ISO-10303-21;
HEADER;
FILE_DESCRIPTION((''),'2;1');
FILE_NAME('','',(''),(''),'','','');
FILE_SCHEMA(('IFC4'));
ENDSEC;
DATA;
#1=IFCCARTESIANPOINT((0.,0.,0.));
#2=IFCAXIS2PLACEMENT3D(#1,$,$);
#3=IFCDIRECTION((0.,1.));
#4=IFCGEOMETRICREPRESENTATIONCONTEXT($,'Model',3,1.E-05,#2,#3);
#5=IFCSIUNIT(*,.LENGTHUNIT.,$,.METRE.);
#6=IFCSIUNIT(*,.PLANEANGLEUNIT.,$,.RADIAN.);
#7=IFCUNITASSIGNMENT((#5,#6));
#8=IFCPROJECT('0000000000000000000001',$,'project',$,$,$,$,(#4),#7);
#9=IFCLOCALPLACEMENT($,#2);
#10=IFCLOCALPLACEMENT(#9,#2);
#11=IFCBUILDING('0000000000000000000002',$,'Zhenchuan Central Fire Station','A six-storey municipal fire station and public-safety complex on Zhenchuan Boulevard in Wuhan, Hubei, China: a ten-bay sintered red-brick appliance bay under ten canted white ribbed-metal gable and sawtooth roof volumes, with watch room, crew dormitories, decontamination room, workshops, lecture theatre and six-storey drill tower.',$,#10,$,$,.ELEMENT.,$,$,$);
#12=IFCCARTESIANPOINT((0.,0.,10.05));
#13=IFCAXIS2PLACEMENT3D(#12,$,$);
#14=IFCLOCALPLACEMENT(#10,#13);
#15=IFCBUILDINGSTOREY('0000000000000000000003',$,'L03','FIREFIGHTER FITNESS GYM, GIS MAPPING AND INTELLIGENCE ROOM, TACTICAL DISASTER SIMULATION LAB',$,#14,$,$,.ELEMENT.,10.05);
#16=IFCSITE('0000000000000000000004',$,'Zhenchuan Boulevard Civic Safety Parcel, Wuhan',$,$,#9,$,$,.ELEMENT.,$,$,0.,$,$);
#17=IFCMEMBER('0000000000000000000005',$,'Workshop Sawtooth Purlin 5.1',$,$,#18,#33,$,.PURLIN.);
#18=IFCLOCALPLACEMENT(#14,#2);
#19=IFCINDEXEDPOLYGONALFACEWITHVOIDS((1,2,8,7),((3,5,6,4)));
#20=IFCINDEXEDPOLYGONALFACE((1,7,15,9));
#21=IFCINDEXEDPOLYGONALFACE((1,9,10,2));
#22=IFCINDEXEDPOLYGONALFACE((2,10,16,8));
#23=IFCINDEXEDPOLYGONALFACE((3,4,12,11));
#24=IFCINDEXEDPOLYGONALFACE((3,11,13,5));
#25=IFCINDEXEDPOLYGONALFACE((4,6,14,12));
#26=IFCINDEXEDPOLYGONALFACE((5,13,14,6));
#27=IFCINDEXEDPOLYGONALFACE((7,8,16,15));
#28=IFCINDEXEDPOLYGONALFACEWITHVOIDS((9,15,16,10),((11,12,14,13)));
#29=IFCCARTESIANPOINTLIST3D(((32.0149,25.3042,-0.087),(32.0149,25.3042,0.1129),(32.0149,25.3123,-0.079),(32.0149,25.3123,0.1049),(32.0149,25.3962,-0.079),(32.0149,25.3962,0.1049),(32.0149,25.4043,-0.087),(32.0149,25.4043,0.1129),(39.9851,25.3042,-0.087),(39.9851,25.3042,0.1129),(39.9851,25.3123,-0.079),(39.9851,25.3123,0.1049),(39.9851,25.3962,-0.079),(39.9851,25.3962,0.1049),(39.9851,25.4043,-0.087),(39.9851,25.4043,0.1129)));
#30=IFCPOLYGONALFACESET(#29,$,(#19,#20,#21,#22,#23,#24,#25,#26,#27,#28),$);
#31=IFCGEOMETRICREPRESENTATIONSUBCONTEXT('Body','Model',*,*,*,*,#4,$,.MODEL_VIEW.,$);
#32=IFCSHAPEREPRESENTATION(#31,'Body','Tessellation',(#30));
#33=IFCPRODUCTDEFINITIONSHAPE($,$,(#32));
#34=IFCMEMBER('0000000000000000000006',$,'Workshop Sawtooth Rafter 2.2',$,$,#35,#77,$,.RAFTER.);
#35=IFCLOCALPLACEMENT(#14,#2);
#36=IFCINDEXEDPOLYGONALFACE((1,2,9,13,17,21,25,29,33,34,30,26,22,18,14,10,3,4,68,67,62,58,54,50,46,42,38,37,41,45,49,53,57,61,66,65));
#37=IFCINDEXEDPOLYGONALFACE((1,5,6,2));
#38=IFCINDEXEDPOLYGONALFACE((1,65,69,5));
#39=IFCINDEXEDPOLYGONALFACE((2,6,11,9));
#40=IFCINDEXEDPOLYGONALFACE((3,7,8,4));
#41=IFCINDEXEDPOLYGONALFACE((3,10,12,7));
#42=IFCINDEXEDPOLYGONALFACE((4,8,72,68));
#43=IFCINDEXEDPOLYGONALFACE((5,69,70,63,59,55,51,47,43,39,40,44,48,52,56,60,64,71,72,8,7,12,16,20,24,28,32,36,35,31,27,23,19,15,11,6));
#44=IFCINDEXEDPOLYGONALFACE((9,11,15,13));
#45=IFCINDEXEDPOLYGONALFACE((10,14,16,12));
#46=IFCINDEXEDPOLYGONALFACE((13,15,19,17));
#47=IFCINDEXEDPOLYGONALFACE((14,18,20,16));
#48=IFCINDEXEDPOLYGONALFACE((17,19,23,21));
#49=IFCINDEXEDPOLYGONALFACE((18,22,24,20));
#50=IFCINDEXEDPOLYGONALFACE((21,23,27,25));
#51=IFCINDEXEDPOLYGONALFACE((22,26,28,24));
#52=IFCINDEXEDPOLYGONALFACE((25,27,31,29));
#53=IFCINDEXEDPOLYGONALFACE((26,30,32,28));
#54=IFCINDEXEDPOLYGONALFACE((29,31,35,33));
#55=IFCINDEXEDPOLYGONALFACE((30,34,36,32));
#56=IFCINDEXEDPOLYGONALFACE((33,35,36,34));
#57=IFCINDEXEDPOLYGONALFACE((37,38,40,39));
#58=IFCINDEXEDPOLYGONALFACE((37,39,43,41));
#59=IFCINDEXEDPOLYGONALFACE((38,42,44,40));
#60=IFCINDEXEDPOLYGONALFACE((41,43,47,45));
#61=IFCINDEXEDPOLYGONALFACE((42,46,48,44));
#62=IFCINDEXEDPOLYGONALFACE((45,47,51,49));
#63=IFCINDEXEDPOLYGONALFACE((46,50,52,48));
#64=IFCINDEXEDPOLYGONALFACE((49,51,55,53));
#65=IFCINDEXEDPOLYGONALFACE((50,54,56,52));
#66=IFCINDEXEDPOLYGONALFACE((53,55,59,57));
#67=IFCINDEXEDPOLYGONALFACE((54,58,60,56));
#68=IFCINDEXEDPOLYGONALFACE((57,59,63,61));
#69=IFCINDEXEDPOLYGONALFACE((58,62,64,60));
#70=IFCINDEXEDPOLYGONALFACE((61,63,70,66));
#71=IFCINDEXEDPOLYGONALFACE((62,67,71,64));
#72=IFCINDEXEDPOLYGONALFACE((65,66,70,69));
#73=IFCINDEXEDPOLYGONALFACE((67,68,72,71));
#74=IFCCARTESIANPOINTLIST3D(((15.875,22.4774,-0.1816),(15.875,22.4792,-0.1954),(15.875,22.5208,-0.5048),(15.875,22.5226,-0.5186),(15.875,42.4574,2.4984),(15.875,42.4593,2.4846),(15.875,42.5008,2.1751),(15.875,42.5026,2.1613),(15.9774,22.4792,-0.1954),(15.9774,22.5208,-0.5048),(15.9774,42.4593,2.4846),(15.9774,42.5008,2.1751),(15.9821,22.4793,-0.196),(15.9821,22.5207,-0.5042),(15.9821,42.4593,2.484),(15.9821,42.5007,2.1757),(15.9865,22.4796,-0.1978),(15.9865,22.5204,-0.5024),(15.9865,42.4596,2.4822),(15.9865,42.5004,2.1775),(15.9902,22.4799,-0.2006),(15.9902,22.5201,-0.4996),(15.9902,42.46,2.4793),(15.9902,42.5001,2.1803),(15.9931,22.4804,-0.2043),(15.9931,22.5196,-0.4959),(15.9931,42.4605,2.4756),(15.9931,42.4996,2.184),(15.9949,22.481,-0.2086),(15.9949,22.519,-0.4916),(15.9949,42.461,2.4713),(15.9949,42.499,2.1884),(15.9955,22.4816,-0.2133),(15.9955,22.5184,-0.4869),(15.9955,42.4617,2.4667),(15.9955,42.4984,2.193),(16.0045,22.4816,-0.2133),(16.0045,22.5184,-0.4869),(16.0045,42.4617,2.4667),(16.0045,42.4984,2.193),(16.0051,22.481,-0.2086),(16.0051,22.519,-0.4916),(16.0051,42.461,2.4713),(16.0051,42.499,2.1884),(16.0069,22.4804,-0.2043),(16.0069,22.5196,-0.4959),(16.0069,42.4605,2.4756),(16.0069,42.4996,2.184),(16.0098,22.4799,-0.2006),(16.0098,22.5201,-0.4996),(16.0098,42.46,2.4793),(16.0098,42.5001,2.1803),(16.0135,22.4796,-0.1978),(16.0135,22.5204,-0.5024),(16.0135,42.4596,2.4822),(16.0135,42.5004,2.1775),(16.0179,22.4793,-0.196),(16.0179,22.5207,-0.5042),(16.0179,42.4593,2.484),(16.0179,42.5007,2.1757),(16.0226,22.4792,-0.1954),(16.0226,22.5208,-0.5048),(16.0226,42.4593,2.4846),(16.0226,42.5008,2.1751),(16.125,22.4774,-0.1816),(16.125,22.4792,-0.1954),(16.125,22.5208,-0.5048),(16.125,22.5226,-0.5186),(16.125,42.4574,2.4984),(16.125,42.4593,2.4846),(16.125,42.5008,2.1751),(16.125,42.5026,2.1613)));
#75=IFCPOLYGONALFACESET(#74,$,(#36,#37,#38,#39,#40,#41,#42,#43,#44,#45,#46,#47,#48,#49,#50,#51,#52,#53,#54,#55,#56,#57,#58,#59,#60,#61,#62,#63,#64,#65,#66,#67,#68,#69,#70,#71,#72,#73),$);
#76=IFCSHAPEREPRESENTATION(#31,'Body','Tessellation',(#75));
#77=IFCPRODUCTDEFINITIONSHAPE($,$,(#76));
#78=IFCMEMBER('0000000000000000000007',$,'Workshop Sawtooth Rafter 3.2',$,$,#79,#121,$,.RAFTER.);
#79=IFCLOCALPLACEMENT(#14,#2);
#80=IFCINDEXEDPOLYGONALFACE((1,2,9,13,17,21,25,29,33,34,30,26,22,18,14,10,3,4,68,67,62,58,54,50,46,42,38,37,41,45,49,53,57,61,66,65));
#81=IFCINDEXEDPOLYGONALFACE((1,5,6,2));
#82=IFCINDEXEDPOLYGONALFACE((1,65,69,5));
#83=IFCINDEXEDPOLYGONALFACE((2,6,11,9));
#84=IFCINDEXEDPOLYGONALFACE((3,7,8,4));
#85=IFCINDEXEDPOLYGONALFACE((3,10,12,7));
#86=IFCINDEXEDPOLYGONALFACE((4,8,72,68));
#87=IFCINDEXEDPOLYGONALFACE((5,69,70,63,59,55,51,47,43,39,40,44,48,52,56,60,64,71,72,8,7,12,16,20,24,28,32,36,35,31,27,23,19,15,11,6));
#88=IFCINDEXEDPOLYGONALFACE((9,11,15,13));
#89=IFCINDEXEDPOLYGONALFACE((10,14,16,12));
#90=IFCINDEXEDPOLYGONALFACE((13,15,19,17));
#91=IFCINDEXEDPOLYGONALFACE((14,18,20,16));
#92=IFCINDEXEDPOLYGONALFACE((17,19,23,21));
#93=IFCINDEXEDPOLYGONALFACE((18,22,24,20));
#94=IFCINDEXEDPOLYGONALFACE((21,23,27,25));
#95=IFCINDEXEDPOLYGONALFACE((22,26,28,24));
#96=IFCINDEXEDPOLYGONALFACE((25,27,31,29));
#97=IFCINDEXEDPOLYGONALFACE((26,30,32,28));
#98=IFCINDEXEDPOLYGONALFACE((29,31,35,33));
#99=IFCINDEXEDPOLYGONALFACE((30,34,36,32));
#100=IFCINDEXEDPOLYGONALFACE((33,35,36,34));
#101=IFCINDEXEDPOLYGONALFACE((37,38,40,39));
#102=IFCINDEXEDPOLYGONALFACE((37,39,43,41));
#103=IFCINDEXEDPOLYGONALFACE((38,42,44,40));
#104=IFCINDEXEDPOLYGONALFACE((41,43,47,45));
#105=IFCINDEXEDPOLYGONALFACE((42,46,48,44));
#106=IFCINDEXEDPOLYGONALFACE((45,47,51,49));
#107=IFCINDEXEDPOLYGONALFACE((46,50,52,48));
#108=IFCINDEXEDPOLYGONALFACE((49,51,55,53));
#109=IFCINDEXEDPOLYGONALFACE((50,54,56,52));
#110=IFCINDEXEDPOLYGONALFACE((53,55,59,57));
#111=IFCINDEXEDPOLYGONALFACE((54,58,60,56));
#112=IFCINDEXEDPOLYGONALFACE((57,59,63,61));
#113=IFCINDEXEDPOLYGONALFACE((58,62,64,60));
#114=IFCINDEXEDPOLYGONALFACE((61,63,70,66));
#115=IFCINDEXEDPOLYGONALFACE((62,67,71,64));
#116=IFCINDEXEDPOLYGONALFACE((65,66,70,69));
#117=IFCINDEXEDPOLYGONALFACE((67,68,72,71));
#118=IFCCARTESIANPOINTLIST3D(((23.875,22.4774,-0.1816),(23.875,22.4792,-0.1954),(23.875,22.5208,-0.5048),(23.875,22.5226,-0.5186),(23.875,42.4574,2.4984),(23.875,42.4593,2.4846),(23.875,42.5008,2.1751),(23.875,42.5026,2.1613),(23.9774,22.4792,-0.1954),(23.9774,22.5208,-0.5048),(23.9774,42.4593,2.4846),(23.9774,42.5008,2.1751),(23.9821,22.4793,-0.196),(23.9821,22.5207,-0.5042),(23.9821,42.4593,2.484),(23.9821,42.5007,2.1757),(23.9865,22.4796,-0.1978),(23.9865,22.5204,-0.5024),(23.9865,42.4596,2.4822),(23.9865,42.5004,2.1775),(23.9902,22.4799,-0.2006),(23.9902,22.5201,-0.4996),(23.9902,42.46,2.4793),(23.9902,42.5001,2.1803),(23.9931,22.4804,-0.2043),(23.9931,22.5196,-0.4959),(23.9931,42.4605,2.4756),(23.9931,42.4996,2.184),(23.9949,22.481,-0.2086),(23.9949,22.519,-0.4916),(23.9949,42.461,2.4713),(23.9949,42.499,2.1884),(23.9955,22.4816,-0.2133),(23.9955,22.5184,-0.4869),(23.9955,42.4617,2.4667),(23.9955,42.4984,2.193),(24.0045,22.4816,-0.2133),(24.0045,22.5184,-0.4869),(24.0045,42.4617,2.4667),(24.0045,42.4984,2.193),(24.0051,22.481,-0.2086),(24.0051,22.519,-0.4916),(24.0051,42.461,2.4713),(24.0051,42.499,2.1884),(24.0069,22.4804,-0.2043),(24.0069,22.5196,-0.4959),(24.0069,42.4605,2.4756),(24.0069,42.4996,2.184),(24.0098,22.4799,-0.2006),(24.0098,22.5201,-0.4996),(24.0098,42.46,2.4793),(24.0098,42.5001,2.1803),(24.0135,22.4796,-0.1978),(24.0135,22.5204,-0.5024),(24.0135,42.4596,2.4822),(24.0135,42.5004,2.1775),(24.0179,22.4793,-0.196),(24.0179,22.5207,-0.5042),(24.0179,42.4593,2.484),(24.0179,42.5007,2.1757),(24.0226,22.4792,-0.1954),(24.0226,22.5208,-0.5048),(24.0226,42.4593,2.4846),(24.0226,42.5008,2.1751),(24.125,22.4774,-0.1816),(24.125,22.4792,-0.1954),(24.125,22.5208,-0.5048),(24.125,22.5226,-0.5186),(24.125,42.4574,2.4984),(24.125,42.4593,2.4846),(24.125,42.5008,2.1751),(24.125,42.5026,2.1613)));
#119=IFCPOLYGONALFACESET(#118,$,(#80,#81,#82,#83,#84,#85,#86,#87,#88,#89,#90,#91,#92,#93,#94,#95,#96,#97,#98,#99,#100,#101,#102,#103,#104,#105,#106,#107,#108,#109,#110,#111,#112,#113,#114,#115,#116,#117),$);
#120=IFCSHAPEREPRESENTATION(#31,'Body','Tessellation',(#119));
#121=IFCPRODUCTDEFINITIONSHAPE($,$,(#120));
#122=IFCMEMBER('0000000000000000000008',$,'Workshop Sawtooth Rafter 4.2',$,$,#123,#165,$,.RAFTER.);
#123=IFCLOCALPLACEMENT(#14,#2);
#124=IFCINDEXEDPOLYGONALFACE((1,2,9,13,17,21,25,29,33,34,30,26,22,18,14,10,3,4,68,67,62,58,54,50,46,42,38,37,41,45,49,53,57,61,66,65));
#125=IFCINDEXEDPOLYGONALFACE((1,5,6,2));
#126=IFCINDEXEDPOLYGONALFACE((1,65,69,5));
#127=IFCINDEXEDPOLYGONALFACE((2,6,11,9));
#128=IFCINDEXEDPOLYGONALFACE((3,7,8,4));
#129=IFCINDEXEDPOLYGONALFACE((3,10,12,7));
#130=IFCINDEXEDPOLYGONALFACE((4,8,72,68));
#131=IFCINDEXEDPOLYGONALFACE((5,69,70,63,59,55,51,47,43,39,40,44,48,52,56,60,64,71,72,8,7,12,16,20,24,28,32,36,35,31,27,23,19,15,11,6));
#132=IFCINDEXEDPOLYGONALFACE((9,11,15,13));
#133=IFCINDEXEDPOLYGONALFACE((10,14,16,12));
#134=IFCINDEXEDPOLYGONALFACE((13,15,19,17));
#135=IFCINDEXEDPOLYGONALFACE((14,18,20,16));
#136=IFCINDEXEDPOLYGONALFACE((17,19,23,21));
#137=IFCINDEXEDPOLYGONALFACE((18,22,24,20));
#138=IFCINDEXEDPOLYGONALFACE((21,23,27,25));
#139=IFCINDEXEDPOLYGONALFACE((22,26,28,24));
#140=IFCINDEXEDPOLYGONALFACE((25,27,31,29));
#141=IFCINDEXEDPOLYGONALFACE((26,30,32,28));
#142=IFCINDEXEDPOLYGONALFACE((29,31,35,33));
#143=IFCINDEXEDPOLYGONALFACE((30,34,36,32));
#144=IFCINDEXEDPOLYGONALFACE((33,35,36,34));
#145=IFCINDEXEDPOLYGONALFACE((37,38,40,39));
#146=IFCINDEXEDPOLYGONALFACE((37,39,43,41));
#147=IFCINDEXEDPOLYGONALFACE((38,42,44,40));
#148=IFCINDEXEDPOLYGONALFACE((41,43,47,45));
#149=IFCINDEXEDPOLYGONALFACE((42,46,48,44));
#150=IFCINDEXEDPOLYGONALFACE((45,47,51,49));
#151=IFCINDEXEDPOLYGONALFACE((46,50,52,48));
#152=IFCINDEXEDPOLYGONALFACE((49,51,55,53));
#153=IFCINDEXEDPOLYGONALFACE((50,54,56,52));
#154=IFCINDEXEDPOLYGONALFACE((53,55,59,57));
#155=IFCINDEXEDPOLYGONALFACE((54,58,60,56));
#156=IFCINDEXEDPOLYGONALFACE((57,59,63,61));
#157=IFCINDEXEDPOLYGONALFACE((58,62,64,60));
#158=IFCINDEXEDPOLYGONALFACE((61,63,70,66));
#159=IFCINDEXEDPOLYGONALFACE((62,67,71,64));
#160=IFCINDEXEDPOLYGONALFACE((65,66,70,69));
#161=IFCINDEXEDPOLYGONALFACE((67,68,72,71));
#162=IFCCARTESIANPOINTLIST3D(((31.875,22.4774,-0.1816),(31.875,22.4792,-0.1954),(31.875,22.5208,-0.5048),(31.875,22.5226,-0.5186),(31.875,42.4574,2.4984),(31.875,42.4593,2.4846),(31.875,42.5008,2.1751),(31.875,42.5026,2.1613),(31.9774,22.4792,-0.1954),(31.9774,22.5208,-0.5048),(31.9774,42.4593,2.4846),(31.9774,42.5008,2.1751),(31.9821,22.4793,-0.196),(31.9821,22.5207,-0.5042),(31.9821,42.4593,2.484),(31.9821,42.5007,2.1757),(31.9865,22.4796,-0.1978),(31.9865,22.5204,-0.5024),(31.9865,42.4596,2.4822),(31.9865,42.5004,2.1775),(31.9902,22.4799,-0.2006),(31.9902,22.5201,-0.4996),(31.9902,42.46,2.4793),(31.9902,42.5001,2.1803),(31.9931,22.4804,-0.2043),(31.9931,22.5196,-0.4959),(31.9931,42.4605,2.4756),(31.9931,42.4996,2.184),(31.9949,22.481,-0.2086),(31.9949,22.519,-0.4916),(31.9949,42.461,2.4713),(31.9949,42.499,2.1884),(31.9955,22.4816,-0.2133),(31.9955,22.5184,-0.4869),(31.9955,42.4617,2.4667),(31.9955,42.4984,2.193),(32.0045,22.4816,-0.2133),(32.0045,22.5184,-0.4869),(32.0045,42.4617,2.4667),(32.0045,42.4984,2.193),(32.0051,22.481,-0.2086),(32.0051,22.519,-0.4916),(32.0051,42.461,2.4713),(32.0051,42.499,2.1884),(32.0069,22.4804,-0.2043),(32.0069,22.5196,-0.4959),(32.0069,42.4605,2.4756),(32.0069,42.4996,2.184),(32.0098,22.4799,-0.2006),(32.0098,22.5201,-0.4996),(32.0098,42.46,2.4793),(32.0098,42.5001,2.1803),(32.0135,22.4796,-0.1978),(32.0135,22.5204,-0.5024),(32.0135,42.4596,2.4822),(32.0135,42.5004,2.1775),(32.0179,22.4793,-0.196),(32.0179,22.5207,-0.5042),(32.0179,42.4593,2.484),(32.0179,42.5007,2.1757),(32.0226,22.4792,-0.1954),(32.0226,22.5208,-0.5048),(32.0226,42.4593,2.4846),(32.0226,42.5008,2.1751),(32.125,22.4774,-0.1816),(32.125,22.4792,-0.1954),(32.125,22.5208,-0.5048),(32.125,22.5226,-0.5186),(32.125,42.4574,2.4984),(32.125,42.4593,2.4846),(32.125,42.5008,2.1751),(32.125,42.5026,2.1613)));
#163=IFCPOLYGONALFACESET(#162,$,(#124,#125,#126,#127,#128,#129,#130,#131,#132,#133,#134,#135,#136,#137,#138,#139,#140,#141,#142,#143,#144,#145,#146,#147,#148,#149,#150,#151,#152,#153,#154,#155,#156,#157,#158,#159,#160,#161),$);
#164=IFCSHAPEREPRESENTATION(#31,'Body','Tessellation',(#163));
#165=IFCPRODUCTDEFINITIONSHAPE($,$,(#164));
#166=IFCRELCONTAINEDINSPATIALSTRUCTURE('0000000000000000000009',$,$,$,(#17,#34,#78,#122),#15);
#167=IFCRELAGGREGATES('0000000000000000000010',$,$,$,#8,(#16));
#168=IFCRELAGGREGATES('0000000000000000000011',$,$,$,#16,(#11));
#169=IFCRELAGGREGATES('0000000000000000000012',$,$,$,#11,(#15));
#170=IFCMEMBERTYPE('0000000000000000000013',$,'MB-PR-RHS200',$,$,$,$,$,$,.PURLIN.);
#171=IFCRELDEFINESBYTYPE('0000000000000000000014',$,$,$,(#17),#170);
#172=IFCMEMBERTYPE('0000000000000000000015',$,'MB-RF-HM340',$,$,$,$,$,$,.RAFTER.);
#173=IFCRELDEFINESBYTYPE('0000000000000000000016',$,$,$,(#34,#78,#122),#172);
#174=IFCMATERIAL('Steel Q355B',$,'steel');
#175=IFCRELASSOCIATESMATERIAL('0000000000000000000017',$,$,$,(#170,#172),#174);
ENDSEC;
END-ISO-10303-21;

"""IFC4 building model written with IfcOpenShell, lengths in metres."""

from ifc_helpers import new_model, si_unit, direction, frame, origin, origin_2d, place, context, subcontext, project, spatial, hollow_rectangle, i_section, extrude, material, material_profile, profile_set, type_object, element, save


model = new_model("IFC4")

# Units and contexts
model_context = context("Model", 3, precision=1e-05, world=origin(), true_north=direction((0.0, 1.0)))
body_context = subcontext(model_context, "Body", "Model", "MODEL_VIEW")
ifc_project = project(units=[si_unit("LENGTHUNIT", "METRE"), si_unit("PLANEANGLEUNIT", "RADIAN")], contexts=[model_context])

# Site, building, storey
site_placement = place(None, origin())
site = spatial("IfcSite", under=ifc_project, at=site_placement, Name="Zhenchuan Boulevard Civic Safety Parcel, Wuhan", CompositionType="ELEMENT", RefElevation=0.0)
building_placement = place(site_placement, origin())
building = spatial("IfcBuilding", under=site, at=building_placement, Name="Zhenchuan Central Fire Station", Description="A six-storey municipal fire station and public-safety complex on Zhenchuan Boulevard in Wuhan, Hubei, China: a ten-bay sintered red-brick appliance bay under ten canted white ribbed-metal gable and sawtooth roof volumes, with watch room, crew dormitories, decontamination room, workshops, lecture theatre and six-storey drill tower.", CompositionType="ELEMENT")
storey_placement = place(building_placement, frame((0.0, 0.0, 10.05)))
storey = spatial("IfcBuildingStorey", under=building, at=storey_placement, Name="L03", Description="FIREFIGHTER FITNESS GYM, GIS MAPPING AND INTELLIGENCE ROOM, TACTICAL DISASTER SIMULATION LAB", CompositionType="ELEMENT", Elevation=10.05)

# Shared definitions
ifc_material_1 = material(Name="Steel Q355B", Category="steel")

# Members
ifc_material_profile_1 = material_profile(ifc_material_1, hollow_rectangle(XDim=0.1001, YDim=0.2, WallThickness=0.0081, at=origin_2d()), Name="RHS 200x100x8")
ifc_profile_set_1 = profile_set([ifc_material_profile_1], Name="Steel Q355B")
member_type_1 = type_object("IfcMemberType", Name="MB-PR-RHS200", PredefinedType="PURLIN", material=ifc_profile_set_1)
for number, where, z_axis, x_axis, name in (
    (1, (32.0149, 25.3542, 0.0129), (1.0, 0.0, 0.0), (0.0, 1.0, 0.0), "Workshop Sawtooth Purlin 5.1"),
):
    element("IfcMember", number, at=place(storey_placement, frame(where, z_axis=z_axis, x_axis=x_axis)), inside=storey, type_object=member_type_1, Name=name, PredefinedType="PURLIN", context=body_context, shape_type="SweptSolid", body=[
        extrude(hollow_rectangle(XDim=0.1001, YDim=0.2, WallThickness=0.0081, at=origin_2d()), origin(), (0.0, 0.0, 1.0), 7.9702),
    ])
ifc_material_profile_2 = material_profile(ifc_material_1, i_section(OverallWidth=0.25, OverallDepth=0.3401, WebThickness=0.009, FlangeThickness=0.0139, FilletRadius=0.0181, at=origin_2d()), Name="HM 340x250")
ifc_profile_set_2 = profile_set([ifc_material_profile_2], Name="Steel Q355B")
member_type_2 = type_object("IfcMemberType", Name="MB-RF-HM340", PredefinedType="RAFTER", material=ifc_profile_set_2)
for number, where, z_axis, x_axis, name in (
    (2, (16.0, 22.5, -0.3501), (0.0, 0.991124, 0.13294), (-1.0, 0.0, 0.0), "Workshop Sawtooth Rafter 2.2"),
    (3, (24.0, 22.5, -0.3501), (0.0, 0.991124, 0.13294), (-1.0, 0.0, 0.0), "Workshop Sawtooth Rafter 3.2"),
    (4, (32.0, 22.5, -0.3501), (0.0, 0.991124, 0.13294), (-1.0, 0.0, 0.0), "Workshop Sawtooth Rafter 4.2"),
):
    element("IfcMember", number, at=place(storey_placement, frame(where, z_axis=z_axis, x_axis=x_axis)), inside=storey, type_object=member_type_2, Name=name, PredefinedType="RAFTER", context=body_context, shape_type="SweptSolid", body=[
        extrude(i_section(OverallWidth=0.25, OverallDepth=0.3401, WebThickness=0.009, FlangeThickness=0.0139, FilletRadius=0.0181, at=origin_2d()), origin(), (0.0, 0.0, 1.0), 20.1589),
    ])

save(model, "model.ifc")
